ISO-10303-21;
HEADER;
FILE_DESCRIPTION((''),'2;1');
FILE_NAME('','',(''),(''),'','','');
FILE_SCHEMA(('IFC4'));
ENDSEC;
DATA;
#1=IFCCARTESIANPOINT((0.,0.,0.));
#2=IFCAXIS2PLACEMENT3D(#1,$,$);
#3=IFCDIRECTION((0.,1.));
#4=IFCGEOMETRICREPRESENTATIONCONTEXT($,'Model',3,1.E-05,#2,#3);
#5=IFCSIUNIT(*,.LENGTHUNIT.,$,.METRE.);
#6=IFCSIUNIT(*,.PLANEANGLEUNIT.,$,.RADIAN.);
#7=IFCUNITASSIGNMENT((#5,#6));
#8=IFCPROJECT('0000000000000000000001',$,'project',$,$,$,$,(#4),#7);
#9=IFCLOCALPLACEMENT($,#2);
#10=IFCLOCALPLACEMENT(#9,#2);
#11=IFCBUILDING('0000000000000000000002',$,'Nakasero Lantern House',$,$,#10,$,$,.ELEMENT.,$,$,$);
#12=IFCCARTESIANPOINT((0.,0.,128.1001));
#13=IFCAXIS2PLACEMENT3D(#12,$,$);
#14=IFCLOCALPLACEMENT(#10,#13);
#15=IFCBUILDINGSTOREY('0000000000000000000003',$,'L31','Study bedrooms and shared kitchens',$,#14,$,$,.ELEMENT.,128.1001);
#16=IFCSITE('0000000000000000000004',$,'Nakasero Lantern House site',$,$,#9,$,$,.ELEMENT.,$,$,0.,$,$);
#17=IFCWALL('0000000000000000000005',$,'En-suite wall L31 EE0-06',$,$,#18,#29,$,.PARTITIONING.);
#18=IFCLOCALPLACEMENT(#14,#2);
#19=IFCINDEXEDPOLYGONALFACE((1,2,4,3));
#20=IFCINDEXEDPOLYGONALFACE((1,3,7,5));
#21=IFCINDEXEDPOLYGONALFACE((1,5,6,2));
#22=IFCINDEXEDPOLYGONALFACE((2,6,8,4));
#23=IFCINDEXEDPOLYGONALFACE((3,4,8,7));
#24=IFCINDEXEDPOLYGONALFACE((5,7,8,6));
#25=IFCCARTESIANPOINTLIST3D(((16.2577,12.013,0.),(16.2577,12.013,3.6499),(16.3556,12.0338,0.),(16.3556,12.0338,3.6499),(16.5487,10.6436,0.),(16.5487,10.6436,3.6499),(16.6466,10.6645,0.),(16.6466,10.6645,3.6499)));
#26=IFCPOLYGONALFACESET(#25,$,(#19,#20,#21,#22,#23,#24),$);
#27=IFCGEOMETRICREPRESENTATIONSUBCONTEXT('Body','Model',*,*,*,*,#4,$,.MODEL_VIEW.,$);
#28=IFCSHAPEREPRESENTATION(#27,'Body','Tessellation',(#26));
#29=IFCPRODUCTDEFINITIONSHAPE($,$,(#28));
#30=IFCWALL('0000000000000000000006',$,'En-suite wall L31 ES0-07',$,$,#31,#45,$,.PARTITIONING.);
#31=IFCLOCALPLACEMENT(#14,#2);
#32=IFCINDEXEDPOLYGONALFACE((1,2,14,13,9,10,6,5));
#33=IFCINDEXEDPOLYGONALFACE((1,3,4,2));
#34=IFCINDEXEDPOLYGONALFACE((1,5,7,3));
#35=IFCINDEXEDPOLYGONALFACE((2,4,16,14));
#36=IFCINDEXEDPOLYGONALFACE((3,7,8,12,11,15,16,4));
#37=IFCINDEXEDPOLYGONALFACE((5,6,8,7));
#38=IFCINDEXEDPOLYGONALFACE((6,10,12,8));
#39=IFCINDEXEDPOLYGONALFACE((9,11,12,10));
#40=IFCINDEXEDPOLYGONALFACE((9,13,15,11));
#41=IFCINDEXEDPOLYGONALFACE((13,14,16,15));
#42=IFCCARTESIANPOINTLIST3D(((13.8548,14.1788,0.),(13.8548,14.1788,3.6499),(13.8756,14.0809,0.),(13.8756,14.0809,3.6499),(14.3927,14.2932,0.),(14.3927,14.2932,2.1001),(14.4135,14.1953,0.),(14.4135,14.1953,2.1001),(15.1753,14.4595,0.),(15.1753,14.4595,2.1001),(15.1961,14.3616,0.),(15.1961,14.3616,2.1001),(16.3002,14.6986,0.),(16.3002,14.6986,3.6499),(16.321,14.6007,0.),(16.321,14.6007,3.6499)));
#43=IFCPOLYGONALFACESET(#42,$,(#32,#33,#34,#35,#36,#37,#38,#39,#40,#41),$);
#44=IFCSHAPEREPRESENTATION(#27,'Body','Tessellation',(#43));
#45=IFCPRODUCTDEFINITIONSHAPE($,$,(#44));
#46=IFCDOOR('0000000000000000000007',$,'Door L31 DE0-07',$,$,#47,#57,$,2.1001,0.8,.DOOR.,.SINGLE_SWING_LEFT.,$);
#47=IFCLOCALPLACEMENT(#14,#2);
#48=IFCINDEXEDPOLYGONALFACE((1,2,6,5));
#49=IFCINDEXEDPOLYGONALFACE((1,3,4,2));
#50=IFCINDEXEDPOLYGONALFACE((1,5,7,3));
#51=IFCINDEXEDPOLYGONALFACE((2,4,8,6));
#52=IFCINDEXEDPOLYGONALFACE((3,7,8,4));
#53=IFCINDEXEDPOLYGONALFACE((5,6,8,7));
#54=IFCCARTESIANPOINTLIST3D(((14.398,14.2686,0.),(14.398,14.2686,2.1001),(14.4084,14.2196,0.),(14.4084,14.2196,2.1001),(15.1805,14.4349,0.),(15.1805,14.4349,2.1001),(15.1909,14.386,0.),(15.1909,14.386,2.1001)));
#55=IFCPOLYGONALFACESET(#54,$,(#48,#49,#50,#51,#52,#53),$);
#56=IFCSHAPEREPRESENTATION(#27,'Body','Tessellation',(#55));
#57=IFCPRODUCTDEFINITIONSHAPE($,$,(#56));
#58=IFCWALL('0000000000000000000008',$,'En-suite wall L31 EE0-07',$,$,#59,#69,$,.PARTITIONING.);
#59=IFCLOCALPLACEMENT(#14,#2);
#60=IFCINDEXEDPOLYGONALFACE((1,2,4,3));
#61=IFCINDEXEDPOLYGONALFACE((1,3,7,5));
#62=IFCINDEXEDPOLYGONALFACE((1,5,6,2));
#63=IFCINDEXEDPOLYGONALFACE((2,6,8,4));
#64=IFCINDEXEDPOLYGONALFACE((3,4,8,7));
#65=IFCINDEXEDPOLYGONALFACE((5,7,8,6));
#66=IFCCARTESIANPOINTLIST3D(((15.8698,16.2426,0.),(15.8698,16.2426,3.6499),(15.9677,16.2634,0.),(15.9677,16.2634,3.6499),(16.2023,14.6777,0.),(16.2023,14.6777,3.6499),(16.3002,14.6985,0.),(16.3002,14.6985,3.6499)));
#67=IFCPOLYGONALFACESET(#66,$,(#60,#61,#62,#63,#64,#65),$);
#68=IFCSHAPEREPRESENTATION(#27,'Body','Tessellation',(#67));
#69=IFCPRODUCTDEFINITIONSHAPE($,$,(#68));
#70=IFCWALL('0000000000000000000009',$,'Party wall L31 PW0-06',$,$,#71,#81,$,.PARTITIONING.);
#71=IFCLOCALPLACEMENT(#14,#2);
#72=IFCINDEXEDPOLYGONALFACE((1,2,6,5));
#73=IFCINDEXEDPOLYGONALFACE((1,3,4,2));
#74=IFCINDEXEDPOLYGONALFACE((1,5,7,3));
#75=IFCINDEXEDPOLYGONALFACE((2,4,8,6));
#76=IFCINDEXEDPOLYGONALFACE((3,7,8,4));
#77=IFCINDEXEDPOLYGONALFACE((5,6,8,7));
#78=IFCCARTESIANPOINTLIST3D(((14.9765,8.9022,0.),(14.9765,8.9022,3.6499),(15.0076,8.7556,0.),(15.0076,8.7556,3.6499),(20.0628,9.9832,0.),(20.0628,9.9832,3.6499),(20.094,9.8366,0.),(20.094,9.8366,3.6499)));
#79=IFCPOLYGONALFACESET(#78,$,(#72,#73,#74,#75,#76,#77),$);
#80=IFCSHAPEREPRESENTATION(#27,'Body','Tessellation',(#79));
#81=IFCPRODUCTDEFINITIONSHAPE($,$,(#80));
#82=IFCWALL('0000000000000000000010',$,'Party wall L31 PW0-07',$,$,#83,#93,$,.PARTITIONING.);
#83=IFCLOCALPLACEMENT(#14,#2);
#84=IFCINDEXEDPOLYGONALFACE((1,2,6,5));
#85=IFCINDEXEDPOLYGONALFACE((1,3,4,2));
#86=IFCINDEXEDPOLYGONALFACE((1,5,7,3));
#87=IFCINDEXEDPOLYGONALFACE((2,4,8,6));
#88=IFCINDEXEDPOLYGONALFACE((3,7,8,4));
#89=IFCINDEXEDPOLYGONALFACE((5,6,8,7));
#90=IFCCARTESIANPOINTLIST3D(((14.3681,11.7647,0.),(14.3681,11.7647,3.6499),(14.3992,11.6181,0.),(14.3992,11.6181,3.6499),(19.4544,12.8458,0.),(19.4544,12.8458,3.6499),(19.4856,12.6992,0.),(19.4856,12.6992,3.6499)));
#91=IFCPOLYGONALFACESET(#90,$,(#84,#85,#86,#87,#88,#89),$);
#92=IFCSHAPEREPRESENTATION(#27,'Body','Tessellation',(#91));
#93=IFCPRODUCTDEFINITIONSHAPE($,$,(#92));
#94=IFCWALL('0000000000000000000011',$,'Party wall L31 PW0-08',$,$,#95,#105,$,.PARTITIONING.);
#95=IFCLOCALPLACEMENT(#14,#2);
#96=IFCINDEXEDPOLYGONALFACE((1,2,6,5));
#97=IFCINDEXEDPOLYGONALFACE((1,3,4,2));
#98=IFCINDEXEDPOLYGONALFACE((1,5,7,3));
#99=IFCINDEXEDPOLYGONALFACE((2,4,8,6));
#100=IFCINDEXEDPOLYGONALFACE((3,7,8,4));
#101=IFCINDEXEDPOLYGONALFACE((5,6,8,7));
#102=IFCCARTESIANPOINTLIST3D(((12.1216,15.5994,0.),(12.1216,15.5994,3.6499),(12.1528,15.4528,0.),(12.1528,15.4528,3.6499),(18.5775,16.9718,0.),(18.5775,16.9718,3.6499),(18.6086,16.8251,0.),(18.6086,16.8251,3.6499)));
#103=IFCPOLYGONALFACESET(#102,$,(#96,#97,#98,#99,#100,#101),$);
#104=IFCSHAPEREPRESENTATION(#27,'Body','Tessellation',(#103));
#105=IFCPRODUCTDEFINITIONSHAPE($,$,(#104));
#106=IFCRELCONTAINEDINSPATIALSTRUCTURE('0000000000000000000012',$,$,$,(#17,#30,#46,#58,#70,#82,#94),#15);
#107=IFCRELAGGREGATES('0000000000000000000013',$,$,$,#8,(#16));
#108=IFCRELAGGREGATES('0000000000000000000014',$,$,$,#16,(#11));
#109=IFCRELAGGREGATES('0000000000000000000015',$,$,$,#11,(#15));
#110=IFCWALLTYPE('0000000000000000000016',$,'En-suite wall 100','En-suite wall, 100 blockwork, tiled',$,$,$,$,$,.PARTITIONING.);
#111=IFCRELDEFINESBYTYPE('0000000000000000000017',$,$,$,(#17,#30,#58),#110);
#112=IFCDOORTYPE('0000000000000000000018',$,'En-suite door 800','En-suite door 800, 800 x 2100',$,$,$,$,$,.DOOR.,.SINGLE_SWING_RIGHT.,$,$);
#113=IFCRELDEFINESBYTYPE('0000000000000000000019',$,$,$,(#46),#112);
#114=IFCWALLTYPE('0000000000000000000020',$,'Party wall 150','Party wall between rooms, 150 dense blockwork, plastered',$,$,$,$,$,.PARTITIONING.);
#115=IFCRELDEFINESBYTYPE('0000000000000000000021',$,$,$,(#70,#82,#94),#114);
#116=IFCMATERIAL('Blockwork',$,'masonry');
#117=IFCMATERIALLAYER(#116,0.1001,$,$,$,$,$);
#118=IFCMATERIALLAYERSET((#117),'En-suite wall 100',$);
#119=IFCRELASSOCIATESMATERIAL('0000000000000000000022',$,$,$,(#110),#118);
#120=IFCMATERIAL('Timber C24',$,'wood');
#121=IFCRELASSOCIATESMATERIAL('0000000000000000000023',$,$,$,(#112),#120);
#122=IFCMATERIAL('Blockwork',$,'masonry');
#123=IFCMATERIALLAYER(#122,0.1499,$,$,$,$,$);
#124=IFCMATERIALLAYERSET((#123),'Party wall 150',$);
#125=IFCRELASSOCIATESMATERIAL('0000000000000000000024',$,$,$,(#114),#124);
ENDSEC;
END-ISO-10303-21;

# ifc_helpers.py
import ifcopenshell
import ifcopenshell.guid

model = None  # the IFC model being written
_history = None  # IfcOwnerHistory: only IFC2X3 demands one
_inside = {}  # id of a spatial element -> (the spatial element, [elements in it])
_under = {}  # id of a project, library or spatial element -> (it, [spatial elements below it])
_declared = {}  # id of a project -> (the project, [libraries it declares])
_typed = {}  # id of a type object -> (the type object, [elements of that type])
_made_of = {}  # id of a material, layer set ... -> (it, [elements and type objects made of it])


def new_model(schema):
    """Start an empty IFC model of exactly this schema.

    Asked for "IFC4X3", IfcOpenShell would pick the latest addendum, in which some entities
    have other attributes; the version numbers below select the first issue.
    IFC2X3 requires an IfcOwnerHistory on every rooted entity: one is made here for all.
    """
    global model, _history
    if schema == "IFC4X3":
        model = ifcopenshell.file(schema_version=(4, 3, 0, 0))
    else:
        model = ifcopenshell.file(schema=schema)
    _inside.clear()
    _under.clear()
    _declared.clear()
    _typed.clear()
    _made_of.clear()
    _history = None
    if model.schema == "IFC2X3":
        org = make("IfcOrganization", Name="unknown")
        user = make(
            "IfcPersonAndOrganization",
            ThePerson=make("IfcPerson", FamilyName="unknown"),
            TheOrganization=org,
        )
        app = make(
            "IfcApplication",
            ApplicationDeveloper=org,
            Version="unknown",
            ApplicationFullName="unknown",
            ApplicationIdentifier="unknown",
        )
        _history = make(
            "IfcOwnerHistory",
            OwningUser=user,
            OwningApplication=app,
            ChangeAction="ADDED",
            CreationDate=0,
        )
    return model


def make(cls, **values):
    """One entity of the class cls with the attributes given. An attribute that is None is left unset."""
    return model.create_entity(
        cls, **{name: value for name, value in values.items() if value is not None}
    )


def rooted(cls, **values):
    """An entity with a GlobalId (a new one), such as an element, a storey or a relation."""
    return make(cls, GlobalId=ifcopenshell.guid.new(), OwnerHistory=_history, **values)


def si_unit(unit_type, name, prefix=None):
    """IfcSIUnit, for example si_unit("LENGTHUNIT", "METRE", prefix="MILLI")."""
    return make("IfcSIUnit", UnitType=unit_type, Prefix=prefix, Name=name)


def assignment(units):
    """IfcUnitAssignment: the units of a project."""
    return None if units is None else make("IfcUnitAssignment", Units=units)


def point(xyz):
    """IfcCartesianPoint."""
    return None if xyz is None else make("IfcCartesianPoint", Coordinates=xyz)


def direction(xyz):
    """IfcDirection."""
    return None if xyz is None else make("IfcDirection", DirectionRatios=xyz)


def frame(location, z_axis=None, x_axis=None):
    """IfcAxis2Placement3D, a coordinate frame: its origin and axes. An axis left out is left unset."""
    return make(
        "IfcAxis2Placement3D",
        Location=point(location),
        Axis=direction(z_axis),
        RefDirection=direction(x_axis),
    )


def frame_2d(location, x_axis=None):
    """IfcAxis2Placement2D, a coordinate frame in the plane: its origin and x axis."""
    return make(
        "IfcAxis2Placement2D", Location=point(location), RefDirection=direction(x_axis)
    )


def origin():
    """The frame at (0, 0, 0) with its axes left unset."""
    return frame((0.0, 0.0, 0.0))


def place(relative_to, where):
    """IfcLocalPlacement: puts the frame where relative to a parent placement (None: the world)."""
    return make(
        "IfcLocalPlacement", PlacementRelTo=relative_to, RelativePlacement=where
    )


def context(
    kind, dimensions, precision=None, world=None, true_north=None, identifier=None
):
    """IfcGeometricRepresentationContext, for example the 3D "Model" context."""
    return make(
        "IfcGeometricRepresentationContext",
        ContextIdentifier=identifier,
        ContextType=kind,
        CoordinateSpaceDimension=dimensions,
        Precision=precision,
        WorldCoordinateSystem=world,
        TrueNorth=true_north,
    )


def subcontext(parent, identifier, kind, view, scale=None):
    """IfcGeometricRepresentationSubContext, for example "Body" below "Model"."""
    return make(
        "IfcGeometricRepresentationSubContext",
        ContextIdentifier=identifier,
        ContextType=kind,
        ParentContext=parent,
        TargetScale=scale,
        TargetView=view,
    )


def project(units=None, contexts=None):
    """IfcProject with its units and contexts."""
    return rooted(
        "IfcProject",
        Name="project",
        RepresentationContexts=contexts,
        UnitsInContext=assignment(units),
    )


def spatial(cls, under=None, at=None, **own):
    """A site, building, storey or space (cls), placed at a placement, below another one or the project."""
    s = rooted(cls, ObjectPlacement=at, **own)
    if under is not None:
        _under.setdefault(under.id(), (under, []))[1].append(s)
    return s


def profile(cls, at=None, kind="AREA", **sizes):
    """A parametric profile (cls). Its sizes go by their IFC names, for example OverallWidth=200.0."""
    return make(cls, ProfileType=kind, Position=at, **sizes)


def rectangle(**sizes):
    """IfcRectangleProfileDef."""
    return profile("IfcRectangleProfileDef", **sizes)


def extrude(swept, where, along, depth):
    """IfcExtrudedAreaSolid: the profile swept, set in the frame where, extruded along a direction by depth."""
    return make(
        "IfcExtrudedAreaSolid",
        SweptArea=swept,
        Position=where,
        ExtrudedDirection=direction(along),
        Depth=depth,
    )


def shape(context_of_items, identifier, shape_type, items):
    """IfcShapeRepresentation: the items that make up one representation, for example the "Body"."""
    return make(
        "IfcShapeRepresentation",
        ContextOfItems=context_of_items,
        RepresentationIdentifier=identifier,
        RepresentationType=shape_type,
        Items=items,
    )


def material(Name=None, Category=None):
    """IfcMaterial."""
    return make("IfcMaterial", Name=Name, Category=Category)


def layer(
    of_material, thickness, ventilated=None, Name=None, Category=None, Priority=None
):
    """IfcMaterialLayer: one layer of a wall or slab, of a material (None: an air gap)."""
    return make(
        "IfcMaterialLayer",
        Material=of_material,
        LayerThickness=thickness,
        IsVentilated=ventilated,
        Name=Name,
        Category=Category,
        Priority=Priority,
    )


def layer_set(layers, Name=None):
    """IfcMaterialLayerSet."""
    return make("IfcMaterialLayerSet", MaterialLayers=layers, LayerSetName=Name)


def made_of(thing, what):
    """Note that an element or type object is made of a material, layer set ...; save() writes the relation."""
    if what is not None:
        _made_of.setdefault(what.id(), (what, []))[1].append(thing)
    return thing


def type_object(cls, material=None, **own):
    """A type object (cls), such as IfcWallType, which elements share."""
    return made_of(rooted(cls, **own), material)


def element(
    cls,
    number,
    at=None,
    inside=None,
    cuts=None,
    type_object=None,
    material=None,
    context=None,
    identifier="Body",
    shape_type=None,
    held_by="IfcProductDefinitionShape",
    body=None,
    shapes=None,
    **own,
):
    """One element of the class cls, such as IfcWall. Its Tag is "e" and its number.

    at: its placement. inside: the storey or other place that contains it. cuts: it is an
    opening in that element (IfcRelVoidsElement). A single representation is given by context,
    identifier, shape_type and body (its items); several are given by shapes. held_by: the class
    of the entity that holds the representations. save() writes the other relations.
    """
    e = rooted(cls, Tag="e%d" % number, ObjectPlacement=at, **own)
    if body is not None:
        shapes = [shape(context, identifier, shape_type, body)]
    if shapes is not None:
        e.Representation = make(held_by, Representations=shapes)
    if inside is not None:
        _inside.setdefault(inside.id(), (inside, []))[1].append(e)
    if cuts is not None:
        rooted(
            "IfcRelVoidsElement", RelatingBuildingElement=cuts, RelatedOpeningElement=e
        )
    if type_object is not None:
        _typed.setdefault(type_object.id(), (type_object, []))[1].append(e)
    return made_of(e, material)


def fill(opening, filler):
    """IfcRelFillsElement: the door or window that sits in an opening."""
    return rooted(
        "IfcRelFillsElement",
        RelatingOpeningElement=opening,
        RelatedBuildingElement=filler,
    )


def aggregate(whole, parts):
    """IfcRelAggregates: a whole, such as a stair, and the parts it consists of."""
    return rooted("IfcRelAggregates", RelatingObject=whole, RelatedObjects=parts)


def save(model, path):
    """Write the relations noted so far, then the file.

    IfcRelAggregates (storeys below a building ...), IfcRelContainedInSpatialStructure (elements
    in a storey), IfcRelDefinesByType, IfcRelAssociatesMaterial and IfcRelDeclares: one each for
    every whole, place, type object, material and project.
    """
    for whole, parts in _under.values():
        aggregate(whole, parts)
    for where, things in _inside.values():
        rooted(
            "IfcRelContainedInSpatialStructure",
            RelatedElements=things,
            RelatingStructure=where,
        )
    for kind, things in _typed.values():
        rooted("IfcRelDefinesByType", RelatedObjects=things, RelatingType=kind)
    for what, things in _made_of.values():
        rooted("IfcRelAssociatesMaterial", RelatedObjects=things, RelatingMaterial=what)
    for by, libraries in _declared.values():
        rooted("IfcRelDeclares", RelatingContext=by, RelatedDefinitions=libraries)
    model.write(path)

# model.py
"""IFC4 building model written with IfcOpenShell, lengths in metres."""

from ifc_helpers import new_model, si_unit, direction, frame, frame_2d, origin, place, context, subcontext, project, spatial, rectangle, extrude, material, layer, layer_set, type_object, element, fill, save


model = new_model("IFC4")

# Units and contexts
model_context = context("Model", 3, precision=1e-05, world=origin(), true_north=direction((0.0, 1.0)))
body_context = subcontext(model_context, "Body", "Model", "MODEL_VIEW")
ifc_project = project(units=[si_unit("LENGTHUNIT", "METRE"), si_unit("PLANEANGLEUNIT", "RADIAN")], contexts=[model_context])

# Site, building, storey
site_placement = place(None, origin())
site = spatial("IfcSite", under=ifc_project, at=site_placement, Name="Nakasero Lantern House site", CompositionType="ELEMENT", RefElevation=0.0)
building_placement = place(site_placement, origin())
building = spatial("IfcBuilding", under=site, at=building_placement, Name="Nakasero Lantern House", CompositionType="ELEMENT")
storey_placement = place(building_placement, frame((0.0, 0.0, 128.1001)))
storey = spatial("IfcBuildingStorey", under=building, at=storey_placement, Name="L31", Description="Study bedrooms and shared kitchens", CompositionType="ELEMENT", Elevation=128.1001)

# Shared definitions
ifc_material_1 = material(Name="Blockwork", Category="masonry")
ifc_layer_1 = layer(ifc_material_1, 0.1001)
ifc_layer_set_1 = layer_set([ifc_layer_1], Name="En-suite wall 100")
wall_type_1 = type_object("IfcWallType", Name="En-suite wall 100", Description="En-suite wall, 100 blockwork, tiled", PredefinedType="PARTITIONING", material=ifc_layer_set_1)
ifc_material_2 = material(Name="Timber C24", Category="wood")
door_type = type_object("IfcDoorType", Name="En-suite door 800", Description="En-suite door 800, 800 x 2100", OperationType="SINGLE_SWING_RIGHT", PredefinedType="DOOR", material=ifc_material_2)

# Wall
wall_1_placement = place(storey_placement, frame((16.5977, 10.6541, 0.0), z_axis=(0.0, 0.0, 1.0), x_axis=(-0.207873, 0.978156, 0.0)))
element("IfcWall", 1, at=wall_1_placement, inside=storey, type_object=wall_type_1, Name="En-suite wall L31 EE0-06", PredefinedType="PARTITIONING", context=body_context, shape_type="SweptSolid", body=[
    extrude(rectangle(XDim=1.3999, YDim=0.1001, at=frame_2d((0.7, 0.0))), origin(), (0.0, 0.0, 1.0), 3.6499),
])

# Wall, opening, door
wall_2_placement = place(storey_placement, frame((13.8652, 14.1299, 0.0), z_axis=(0.0, 0.0, 1.0), x_axis=(0.978147, 0.207915, 0.0)))
wall_2 = element("IfcWall", 2, at=wall_2_placement, inside=storey, type_object=wall_type_1, Name="En-suite wall L31 ES0-07", PredefinedType="PARTITIONING", context=body_context, shape_type="SweptSolid", body=[
    extrude(rectangle(XDim=2.5, YDim=0.1001, at=frame_2d((1.25, 0.0))), origin(), (0.0, 0.0, 1.0), 3.6499),
])
opening_1_placement = place(wall_2_placement, frame((0.55, 0.0, 0.0)))
opening_1 = element("IfcOpeningElement", 3, at=opening_1_placement, cuts=wall_2, PredefinedType="OPENING", context=body_context, shape_type="SweptSolid", body=[
    extrude(rectangle(XDim=0.8, YDim=2.1001, at=frame_2d((0.3999, 1.05))), frame((0.0, 0.0701, 0.0), z_axis=(0.0, -1.0, 0.0), x_axis=(1.0, 0.0, 0.0)), (0.0, 0.0, 1.0), 0.1401),
])
door_1_placement = place(opening_1_placement, origin())
door_1 = element("IfcDoor", 4, at=door_1_placement, inside=storey, type_object=door_type, Name="Door L31 DE0-07", OperationType="SINGLE_SWING_LEFT", OverallHeight=2.1001, OverallWidth=0.8, PredefinedType="DOOR", context=body_context, shape_type="SweptSolid", body=[
    extrude(rectangle(XDim=0.8, YDim=2.1001, at=frame_2d((0.3999, 1.05))), frame((0.0, 0.0249, 0.0), z_axis=(0.0, -1.0, 0.0), x_axis=(1.0, 0.0, 0.0)), (0.0, 0.0, 1.0), 0.05),
])
fill(opening_1, door_1)

# Walls
wall_3_placement = place(storey_placement, frame((16.2512, 14.6882, 0.0), z_axis=(0.0, 0.0, 1.0), x_axis=(-0.207841, 0.978163, 0.0)))
element("IfcWall", 5, at=wall_3_placement, inside=storey, type_object=wall_type_1, Name="En-suite wall L31 EE0-07", PredefinedType="PARTITIONING", context=body_context, shape_type="SweptSolid", body=[
    extrude(rectangle(XDim=1.5999, YDim=0.1001, at=frame_2d((0.7998, 0.0))), origin(), (0.0, 0.0, 1.0), 3.6499),
])
ifc_material_3 = material(Name="Blockwork", Category="masonry")
ifc_layer_2 = layer(ifc_material_3, 0.1499)
ifc_layer_set_2 = layer_set([ifc_layer_2], Name="Party wall 150")
wall_type_2 = type_object("IfcWallType", Name="Party wall 150", Description="Party wall between rooms, 150 dense blockwork, plastered", PredefinedType="PARTITIONING", material=ifc_layer_set_2)
for number, where, z_axis, x_axis, name in (
    (6, (14.9919, 8.8289, 0.0), (0.0, 0.0, 1.0), (0.978151, 0.207894, 0.0), "Party wall L31 PW0-06"),
    (7, (14.3835, 11.6914, 0.0), (0.0, 0.0, 1.0), (0.978151, 0.207894, 0.0), "Party wall L31 PW0-07"),
):
    element("IfcWall", number, at=place(storey_placement, frame(where, z_axis=z_axis, x_axis=x_axis)), inside=storey, type_object=wall_type_2, Name=name, PredefinedType="PARTITIONING", context=body_context, shape_type="SweptSolid", body=[
        extrude(rectangle(XDim=5.2, YDim=0.1499, at=frame_2d((2.6001, 0.0))), origin(), (0.0, 0.0, 1.0), 3.6499),
    ])
wall_4_placement = place(storey_placement, frame((12.1372, 15.5261, 0.0), z_axis=(0.0, 0.0, 1.0), x_axis=(0.978145, 0.207925, 0.0)))
element("IfcWall", 8, at=wall_4_placement, inside=storey, type_object=wall_type_2, Name="Party wall L31 PW0-08", PredefinedType="PARTITIONING", context=body_context, shape_type="SweptSolid", body=[
    extrude(rectangle(XDim=6.6001, YDim=0.1499, at=frame_2d((3.3, 0.0))), origin(), (0.0, 0.0, 1.0), 3.6499),
])

save(model, "model.ifc")
